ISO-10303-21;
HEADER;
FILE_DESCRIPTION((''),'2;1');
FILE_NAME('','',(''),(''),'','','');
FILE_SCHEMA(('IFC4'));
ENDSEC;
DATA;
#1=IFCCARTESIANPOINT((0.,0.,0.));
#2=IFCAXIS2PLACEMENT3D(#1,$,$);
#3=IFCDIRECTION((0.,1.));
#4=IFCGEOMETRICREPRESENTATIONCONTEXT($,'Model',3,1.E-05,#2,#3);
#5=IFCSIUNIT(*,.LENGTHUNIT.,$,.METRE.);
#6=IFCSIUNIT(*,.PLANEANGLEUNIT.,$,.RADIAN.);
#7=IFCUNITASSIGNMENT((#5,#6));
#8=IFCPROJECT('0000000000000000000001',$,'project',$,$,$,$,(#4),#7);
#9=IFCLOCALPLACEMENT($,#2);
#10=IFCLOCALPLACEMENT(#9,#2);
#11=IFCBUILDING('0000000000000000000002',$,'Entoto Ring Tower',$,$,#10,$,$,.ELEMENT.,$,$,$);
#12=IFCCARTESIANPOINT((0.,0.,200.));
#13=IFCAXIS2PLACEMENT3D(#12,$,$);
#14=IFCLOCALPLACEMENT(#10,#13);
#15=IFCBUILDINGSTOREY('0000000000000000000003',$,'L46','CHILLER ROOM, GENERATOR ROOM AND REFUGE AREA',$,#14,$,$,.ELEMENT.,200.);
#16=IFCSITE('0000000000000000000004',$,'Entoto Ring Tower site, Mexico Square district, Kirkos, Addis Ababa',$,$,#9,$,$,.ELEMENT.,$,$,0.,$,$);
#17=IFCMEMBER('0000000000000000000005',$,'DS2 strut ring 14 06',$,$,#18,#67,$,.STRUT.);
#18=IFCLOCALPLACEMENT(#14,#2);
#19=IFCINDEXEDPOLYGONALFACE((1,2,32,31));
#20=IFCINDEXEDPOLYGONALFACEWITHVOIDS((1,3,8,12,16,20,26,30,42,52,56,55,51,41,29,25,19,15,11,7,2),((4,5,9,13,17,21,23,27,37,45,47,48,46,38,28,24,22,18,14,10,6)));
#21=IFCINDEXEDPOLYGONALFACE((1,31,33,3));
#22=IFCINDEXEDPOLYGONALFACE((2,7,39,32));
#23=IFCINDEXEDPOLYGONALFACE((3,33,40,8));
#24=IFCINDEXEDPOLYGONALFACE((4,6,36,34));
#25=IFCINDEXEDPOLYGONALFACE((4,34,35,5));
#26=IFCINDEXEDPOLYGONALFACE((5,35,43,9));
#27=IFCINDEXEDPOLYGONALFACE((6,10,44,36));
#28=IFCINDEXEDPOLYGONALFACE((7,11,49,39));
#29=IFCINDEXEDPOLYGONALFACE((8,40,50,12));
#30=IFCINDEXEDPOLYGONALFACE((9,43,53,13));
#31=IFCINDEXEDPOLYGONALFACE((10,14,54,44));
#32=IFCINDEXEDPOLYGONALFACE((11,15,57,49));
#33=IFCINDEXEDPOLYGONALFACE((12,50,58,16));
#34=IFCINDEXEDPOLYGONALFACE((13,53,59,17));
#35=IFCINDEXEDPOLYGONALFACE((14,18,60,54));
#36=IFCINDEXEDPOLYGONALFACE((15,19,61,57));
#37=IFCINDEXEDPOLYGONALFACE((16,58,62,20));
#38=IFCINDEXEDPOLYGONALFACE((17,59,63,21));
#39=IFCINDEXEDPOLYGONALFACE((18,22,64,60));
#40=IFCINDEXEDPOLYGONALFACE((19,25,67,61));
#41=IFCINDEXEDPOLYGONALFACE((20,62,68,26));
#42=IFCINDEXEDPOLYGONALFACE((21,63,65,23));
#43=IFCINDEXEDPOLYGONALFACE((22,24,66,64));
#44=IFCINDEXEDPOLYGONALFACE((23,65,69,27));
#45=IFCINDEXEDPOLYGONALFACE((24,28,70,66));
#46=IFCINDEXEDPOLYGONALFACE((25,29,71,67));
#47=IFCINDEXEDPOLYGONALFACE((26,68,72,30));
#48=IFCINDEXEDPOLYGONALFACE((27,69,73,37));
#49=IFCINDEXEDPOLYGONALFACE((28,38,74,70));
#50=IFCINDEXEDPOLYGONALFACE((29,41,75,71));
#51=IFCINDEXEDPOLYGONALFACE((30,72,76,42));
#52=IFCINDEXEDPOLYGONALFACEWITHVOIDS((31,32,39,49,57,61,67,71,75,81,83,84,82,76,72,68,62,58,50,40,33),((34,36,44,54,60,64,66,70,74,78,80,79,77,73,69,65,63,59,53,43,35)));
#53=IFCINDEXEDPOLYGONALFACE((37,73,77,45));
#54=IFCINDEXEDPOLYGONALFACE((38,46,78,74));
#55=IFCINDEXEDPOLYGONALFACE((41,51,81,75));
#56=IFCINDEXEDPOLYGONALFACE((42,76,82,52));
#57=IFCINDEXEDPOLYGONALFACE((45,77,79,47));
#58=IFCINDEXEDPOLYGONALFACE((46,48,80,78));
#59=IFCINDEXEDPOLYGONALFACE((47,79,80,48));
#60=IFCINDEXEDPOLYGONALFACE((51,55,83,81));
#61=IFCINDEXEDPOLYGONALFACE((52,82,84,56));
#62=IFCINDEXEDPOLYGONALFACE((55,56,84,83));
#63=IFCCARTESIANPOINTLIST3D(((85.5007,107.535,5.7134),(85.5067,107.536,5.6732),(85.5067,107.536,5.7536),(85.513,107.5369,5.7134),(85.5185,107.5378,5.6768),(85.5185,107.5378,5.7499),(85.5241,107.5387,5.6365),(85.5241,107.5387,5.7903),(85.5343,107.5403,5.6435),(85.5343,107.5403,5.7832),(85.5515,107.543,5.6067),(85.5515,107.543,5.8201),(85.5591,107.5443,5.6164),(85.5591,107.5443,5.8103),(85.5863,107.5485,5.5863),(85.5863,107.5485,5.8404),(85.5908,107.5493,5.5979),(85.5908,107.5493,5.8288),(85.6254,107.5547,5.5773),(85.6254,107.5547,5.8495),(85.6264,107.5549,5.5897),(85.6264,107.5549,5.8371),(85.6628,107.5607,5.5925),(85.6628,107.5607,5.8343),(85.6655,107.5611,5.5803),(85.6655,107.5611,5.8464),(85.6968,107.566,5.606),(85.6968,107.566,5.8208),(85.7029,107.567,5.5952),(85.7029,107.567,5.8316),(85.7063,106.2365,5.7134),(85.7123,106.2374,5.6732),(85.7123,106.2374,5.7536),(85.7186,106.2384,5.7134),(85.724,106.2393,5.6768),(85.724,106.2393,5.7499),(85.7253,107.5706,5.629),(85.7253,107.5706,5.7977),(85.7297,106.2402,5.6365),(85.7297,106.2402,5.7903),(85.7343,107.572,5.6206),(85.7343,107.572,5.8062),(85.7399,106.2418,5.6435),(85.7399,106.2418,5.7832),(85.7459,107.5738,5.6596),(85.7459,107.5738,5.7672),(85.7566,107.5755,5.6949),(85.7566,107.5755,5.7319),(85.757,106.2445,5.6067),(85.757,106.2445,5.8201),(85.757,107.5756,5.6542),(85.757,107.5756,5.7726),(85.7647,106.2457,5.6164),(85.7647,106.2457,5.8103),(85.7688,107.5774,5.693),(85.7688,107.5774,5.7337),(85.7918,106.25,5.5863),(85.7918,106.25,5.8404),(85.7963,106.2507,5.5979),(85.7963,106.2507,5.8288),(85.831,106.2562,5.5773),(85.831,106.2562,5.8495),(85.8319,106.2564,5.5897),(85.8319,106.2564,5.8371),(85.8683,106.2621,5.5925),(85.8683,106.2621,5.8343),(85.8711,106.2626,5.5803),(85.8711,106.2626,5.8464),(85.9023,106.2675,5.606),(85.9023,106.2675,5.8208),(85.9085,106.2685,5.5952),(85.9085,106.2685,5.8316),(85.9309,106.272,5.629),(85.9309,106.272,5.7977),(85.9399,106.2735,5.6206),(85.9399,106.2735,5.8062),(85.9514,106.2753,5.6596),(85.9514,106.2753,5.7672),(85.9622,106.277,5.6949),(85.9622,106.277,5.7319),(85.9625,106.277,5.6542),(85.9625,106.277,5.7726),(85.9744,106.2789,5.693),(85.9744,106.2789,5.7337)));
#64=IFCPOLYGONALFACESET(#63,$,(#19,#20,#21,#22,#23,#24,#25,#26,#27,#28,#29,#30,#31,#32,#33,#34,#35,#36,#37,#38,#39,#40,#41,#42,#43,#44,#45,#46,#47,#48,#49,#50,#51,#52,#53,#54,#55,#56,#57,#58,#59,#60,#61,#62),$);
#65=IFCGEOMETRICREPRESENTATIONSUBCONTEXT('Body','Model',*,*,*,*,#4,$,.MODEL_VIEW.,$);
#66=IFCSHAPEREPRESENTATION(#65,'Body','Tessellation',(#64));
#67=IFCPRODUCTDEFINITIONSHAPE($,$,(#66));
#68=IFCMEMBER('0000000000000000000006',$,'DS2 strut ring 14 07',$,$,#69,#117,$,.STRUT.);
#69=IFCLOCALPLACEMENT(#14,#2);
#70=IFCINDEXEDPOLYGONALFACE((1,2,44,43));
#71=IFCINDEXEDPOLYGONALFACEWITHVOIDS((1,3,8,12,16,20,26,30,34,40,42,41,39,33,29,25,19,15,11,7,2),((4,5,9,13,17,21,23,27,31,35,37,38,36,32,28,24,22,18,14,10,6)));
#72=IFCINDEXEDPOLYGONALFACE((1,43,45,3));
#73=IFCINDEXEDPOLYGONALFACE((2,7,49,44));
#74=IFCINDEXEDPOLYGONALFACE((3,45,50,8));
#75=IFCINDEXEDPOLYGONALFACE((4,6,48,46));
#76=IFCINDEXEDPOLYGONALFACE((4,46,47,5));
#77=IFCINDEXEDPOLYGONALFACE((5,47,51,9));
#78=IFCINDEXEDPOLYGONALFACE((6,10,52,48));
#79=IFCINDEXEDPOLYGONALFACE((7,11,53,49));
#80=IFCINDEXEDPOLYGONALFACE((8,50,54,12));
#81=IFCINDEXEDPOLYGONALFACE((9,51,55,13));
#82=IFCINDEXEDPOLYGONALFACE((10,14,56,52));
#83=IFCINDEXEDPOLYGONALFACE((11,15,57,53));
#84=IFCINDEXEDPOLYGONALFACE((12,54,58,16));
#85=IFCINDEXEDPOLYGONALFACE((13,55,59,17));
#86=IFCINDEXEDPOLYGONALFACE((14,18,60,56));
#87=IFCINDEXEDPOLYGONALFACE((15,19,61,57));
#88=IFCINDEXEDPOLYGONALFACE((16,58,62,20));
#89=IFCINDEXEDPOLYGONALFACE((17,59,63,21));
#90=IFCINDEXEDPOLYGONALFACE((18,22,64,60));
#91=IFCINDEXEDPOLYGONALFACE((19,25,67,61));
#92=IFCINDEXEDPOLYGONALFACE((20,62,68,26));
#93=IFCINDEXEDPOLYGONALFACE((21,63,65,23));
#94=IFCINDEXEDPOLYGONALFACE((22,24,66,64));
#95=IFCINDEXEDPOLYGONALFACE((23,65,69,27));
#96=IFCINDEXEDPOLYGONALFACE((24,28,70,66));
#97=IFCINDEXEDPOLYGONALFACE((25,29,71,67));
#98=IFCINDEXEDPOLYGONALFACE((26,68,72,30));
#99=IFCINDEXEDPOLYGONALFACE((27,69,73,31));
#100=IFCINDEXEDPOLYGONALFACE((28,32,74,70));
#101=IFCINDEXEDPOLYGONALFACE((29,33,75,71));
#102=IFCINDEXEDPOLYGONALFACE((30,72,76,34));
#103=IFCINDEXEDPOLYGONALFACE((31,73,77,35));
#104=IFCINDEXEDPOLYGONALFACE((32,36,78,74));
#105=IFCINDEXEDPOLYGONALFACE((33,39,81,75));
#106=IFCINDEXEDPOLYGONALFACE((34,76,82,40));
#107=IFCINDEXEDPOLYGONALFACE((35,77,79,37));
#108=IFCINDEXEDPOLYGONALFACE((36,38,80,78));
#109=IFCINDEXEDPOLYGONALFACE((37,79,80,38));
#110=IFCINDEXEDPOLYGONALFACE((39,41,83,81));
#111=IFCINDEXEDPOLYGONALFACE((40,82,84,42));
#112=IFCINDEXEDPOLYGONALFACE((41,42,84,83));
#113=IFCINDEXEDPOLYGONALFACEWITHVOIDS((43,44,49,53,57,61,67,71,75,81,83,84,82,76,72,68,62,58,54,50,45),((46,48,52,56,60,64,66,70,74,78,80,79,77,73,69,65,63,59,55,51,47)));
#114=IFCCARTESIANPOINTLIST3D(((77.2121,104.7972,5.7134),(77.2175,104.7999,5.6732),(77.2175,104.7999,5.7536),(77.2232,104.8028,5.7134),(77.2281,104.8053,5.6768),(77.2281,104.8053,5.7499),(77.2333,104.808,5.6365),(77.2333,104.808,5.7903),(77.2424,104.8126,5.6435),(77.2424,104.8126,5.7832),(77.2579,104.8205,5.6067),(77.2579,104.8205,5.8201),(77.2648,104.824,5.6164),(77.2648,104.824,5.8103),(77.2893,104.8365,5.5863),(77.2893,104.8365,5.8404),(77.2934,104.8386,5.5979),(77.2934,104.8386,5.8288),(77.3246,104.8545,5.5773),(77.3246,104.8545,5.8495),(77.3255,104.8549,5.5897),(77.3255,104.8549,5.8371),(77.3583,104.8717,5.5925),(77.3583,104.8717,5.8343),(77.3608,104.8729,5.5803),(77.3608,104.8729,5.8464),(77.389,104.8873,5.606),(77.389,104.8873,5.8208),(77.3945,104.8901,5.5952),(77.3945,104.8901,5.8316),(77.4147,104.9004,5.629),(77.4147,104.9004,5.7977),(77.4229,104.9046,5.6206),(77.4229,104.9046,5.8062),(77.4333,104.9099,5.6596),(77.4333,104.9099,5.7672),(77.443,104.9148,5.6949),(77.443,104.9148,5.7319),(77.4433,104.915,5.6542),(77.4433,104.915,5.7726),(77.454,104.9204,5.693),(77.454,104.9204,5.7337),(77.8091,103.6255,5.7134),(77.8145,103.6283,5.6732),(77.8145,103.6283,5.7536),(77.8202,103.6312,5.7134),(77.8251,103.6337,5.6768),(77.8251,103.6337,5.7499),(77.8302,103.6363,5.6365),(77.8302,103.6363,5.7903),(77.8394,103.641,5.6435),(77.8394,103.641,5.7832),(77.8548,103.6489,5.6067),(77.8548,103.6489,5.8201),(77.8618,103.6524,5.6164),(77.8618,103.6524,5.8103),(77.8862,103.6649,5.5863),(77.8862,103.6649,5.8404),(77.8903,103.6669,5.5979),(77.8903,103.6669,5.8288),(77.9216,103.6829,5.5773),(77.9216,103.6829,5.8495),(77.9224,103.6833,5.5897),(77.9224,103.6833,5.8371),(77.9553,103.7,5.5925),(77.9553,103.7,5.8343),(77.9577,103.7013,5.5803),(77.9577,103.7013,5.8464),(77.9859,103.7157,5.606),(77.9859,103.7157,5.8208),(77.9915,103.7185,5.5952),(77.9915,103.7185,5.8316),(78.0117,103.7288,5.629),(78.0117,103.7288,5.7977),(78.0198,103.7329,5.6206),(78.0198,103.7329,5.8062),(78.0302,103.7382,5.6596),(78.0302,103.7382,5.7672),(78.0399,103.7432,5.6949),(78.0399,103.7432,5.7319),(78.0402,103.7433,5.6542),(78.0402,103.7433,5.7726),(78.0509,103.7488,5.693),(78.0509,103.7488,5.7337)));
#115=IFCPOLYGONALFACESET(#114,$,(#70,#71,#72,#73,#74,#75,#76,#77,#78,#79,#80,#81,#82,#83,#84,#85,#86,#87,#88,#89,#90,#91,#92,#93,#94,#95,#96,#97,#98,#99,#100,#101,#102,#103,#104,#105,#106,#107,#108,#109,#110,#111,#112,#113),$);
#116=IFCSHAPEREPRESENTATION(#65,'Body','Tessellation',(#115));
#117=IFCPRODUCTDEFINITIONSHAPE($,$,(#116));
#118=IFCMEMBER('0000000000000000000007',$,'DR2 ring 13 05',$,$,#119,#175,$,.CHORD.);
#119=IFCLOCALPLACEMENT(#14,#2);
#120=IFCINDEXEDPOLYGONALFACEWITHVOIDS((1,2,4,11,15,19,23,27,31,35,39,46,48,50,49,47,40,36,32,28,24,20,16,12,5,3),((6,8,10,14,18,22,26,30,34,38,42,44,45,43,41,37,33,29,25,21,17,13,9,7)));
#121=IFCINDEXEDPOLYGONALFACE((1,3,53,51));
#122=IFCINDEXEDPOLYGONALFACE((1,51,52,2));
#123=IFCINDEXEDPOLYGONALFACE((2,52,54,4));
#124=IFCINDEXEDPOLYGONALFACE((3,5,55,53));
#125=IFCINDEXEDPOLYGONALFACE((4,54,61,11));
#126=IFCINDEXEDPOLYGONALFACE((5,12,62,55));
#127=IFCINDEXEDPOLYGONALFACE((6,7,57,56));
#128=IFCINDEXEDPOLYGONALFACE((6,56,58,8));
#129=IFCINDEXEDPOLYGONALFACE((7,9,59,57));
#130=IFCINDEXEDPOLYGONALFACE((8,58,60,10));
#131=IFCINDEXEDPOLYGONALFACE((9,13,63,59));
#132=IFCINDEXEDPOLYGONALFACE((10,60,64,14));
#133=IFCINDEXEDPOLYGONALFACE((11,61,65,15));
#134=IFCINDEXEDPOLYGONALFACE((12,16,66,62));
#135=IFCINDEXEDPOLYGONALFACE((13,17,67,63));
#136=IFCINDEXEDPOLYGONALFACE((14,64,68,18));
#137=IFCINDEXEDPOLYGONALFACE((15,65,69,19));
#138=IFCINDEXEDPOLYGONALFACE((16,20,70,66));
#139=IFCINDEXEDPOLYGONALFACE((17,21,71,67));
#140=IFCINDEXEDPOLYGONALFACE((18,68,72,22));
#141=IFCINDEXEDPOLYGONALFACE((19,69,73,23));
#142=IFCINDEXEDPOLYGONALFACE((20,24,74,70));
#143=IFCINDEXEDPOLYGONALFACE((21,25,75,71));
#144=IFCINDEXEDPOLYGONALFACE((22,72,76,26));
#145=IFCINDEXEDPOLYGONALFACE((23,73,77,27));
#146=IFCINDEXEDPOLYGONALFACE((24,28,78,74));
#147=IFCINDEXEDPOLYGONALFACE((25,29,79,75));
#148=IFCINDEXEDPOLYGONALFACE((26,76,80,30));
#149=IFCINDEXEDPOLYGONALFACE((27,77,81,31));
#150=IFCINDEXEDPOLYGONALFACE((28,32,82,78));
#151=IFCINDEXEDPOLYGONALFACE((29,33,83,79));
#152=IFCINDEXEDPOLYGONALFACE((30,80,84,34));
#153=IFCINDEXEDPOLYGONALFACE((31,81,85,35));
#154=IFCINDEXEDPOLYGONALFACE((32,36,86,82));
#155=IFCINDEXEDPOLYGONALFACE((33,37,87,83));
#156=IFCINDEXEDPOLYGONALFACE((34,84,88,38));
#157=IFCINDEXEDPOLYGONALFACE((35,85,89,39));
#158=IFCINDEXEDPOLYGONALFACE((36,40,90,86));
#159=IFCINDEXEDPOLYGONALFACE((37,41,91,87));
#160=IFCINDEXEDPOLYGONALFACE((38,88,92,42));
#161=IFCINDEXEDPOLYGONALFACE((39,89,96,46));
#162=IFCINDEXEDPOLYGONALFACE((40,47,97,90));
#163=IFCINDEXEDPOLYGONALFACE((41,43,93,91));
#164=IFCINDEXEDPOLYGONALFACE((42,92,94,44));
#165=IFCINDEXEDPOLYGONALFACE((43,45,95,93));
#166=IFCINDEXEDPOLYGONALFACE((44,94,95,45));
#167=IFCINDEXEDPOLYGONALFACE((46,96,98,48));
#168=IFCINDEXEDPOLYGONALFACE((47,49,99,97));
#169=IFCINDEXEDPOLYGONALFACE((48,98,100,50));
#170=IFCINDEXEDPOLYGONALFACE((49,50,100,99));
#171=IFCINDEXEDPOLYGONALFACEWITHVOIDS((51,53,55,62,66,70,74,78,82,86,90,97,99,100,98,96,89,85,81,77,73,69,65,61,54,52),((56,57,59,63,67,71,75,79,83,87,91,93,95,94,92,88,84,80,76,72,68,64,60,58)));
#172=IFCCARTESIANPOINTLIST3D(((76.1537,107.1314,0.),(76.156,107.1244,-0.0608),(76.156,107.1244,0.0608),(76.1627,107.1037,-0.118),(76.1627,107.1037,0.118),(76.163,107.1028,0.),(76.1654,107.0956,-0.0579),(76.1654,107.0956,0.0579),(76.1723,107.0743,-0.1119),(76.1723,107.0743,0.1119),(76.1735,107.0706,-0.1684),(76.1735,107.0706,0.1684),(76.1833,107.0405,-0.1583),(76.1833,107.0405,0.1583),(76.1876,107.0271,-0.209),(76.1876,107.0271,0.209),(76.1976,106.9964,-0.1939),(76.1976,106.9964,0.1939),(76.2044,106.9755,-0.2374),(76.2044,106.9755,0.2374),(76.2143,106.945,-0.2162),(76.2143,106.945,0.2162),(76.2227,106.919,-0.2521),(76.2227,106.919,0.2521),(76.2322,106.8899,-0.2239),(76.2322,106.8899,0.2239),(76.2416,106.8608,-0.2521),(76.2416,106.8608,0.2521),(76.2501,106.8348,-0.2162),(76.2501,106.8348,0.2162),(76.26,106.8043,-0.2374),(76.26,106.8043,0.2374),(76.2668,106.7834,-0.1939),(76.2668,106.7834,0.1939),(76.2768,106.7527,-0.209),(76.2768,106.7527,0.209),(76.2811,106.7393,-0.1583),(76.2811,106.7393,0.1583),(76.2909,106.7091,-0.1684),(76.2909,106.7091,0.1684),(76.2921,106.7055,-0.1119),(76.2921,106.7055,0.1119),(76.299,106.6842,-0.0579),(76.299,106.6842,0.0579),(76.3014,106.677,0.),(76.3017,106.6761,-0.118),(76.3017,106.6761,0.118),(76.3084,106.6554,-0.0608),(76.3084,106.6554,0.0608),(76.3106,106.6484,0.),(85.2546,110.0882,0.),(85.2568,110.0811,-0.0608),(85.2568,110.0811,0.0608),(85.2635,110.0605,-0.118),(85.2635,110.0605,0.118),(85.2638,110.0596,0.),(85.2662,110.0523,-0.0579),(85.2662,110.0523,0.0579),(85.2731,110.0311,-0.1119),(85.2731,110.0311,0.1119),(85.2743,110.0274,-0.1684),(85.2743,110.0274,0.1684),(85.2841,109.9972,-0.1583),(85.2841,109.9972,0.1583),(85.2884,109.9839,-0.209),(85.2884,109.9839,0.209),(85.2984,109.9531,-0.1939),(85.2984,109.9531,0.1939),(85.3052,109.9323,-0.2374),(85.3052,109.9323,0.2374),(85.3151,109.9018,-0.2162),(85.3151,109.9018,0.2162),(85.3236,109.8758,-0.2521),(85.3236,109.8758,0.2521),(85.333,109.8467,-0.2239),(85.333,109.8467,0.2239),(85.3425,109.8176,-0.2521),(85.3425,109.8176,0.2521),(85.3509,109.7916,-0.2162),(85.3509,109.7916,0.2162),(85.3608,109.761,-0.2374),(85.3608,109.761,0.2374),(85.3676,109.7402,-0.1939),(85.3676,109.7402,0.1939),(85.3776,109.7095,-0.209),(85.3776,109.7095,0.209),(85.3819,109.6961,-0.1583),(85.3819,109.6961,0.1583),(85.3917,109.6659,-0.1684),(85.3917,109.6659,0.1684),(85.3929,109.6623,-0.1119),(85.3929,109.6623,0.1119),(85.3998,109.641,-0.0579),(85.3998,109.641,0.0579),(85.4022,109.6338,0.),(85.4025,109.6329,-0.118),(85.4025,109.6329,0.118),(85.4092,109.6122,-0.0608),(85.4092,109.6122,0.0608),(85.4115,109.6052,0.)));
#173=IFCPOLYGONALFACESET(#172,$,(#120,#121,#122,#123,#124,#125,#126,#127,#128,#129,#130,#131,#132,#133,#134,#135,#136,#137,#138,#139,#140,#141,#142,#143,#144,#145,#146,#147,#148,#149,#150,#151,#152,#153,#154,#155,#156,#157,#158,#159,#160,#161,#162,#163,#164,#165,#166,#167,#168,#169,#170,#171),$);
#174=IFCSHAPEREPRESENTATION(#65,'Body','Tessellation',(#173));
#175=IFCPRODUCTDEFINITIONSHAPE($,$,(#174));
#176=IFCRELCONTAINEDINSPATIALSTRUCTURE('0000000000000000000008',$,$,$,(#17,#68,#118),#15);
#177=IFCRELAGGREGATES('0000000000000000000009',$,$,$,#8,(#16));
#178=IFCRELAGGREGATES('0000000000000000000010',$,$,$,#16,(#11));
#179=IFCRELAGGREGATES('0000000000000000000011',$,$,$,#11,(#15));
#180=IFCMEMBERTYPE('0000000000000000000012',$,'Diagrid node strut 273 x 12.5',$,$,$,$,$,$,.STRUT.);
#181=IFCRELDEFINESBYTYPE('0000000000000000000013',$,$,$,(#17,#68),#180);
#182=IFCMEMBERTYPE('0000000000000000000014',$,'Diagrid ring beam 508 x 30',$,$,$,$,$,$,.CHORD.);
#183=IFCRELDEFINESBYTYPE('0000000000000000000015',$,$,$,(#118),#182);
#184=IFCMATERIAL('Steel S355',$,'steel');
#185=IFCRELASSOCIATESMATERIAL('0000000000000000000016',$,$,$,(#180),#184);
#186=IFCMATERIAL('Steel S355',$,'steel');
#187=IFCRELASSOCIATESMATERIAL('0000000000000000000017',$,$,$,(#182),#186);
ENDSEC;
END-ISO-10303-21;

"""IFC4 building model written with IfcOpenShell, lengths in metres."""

from ifc_helpers import new_model, si_unit, direction, frame, origin, origin_2d, place, context, subcontext, project, spatial, circle, hollow_circle, extrude, material, material_profile, profile_set, type_object, element, save


model = new_model("IFC4")

# Units and contexts
model_context = context("Model", 3, precision=1e-05, world=origin(), true_north=direction((0.0, 1.0)))
body_context = subcontext(model_context, "Body", "Model", "MODEL_VIEW")
ifc_project = project(units=[si_unit("LENGTHUNIT", "METRE"), si_unit("PLANEANGLEUNIT", "RADIAN")], contexts=[model_context])

# Site, building, storey
site_placement = place(None, origin())
site = spatial("IfcSite", under=ifc_project, at=site_placement, Name="Entoto Ring Tower site, Mexico Square district, Kirkos, Addis Ababa", CompositionType="ELEMENT", RefElevation=0.0)
building_placement = place(site_placement, origin())
building = spatial("IfcBuilding", under=site, at=building_placement, Name="Entoto Ring Tower", CompositionType="ELEMENT")
storey_placement = place(building_placement, frame((0.0, 0.0, 200.0)))
storey = spatial("IfcBuildingStorey", under=building, at=storey_placement, Name="L46", Description="CHILLER ROOM, GENERATOR ROOM AND REFUGE AREA", CompositionType="ELEMENT", Elevation=200.0)

# Members
ifc_material_1 = material(Name="Steel S355", Category="steel")
ifc_material_profile_1 = material_profile(ifc_material_1, hollow_circle(Radius=0.1365, WallThickness=0.0125, at=origin_2d()), Name="CHS 273 x 12.5")
ifc_material_2 = material(Name="Concrete C60/75", Category="concrete")
ifc_material_profile_2 = material_profile(ifc_material_2, circle(Radius=0.124, at=origin_2d()), Name="Concrete C60/75 infill")
ifc_profile_set_1 = profile_set([ifc_material_profile_1, ifc_material_profile_2], Name="Steel S355")
member_type_1 = type_object("IfcMemberType", Name="Diagrid node strut 273 x 12.5", PredefinedType="STRUT", material=ifc_profile_set_1)
member_1_placement = place(storey_placement, frame((85.8411, 106.2578, 5.7134), z_axis=(-0.156354, 0.987701, 0.0), x_axis=(-0.987701, -0.156354, 0.0)))
element("IfcMember", 1, at=member_1_placement, inside=storey, type_object=member_type_1, Name="DS2 strut ring 14 06", PredefinedType="STRUT", context=body_context, shape_type="SweptSolid", body=[
    extrude(hollow_circle(Radius=0.1365, WallThickness=0.0125, at=origin_2d()), origin(), (0.0, 0.0, 1.0), 1.3147),
])
member_2_placement = place(storey_placement, frame((77.9307, 103.6875, 5.7134), z_axis=(-0.453959, 0.891022, 0.0), x_axis=(-0.891022, -0.453959, 0.0)))
element("IfcMember", 2, at=member_2_placement, inside=storey, type_object=member_type_1, Name="DS2 strut ring 14 07", PredefinedType="STRUT", context=body_context, shape_type="SweptSolid", body=[
    extrude(hollow_circle(Radius=0.1365, WallThickness=0.0125, at=origin_2d()), origin(), (0.0, 0.0, 1.0), 1.3149),
])
ifc_material_3 = material(Name="Steel S355", Category="steel")
ifc_material_profile_3 = material_profile(ifc_material_3, hollow_circle(Radius=0.2539, WallThickness=0.03, at=origin_2d()), Name="CHS 508 x 30")
ifc_material_4 = material(Name="Concrete C60/75", Category="concrete")
ifc_material_profile_4 = material_profile(ifc_material_4, circle(Radius=0.2241, at=origin_2d()), Name="Concrete C60/75 infill")
ifc_profile_set_2 = profile_set([ifc_material_profile_3, ifc_material_profile_4], Name="Steel S355")
member_type_2 = type_object("IfcMemberType", Name="Diagrid ring beam 508 x 30", PredefinedType="CHORD", material=ifc_profile_set_2)
member_3_placement = place(storey_placement, frame((85.333, 109.8467, 0.0), z_axis=(-0.951064, -0.308993, 0.0), x_axis=(0.308993, -0.951064, 0.0)))
element("IfcMember", 3, at=member_3_placement, inside=storey, type_object=member_type_2, Name="DR2 ring 13 05", PredefinedType="CHORD", context=body_context, shape_type="SweptSolid", body=[
    extrude(hollow_circle(Radius=0.2539, WallThickness=0.03, at=origin_2d()), origin(), (0.0, 0.0, 1.0), 9.5691),
])

save(model, "model.ifc")
